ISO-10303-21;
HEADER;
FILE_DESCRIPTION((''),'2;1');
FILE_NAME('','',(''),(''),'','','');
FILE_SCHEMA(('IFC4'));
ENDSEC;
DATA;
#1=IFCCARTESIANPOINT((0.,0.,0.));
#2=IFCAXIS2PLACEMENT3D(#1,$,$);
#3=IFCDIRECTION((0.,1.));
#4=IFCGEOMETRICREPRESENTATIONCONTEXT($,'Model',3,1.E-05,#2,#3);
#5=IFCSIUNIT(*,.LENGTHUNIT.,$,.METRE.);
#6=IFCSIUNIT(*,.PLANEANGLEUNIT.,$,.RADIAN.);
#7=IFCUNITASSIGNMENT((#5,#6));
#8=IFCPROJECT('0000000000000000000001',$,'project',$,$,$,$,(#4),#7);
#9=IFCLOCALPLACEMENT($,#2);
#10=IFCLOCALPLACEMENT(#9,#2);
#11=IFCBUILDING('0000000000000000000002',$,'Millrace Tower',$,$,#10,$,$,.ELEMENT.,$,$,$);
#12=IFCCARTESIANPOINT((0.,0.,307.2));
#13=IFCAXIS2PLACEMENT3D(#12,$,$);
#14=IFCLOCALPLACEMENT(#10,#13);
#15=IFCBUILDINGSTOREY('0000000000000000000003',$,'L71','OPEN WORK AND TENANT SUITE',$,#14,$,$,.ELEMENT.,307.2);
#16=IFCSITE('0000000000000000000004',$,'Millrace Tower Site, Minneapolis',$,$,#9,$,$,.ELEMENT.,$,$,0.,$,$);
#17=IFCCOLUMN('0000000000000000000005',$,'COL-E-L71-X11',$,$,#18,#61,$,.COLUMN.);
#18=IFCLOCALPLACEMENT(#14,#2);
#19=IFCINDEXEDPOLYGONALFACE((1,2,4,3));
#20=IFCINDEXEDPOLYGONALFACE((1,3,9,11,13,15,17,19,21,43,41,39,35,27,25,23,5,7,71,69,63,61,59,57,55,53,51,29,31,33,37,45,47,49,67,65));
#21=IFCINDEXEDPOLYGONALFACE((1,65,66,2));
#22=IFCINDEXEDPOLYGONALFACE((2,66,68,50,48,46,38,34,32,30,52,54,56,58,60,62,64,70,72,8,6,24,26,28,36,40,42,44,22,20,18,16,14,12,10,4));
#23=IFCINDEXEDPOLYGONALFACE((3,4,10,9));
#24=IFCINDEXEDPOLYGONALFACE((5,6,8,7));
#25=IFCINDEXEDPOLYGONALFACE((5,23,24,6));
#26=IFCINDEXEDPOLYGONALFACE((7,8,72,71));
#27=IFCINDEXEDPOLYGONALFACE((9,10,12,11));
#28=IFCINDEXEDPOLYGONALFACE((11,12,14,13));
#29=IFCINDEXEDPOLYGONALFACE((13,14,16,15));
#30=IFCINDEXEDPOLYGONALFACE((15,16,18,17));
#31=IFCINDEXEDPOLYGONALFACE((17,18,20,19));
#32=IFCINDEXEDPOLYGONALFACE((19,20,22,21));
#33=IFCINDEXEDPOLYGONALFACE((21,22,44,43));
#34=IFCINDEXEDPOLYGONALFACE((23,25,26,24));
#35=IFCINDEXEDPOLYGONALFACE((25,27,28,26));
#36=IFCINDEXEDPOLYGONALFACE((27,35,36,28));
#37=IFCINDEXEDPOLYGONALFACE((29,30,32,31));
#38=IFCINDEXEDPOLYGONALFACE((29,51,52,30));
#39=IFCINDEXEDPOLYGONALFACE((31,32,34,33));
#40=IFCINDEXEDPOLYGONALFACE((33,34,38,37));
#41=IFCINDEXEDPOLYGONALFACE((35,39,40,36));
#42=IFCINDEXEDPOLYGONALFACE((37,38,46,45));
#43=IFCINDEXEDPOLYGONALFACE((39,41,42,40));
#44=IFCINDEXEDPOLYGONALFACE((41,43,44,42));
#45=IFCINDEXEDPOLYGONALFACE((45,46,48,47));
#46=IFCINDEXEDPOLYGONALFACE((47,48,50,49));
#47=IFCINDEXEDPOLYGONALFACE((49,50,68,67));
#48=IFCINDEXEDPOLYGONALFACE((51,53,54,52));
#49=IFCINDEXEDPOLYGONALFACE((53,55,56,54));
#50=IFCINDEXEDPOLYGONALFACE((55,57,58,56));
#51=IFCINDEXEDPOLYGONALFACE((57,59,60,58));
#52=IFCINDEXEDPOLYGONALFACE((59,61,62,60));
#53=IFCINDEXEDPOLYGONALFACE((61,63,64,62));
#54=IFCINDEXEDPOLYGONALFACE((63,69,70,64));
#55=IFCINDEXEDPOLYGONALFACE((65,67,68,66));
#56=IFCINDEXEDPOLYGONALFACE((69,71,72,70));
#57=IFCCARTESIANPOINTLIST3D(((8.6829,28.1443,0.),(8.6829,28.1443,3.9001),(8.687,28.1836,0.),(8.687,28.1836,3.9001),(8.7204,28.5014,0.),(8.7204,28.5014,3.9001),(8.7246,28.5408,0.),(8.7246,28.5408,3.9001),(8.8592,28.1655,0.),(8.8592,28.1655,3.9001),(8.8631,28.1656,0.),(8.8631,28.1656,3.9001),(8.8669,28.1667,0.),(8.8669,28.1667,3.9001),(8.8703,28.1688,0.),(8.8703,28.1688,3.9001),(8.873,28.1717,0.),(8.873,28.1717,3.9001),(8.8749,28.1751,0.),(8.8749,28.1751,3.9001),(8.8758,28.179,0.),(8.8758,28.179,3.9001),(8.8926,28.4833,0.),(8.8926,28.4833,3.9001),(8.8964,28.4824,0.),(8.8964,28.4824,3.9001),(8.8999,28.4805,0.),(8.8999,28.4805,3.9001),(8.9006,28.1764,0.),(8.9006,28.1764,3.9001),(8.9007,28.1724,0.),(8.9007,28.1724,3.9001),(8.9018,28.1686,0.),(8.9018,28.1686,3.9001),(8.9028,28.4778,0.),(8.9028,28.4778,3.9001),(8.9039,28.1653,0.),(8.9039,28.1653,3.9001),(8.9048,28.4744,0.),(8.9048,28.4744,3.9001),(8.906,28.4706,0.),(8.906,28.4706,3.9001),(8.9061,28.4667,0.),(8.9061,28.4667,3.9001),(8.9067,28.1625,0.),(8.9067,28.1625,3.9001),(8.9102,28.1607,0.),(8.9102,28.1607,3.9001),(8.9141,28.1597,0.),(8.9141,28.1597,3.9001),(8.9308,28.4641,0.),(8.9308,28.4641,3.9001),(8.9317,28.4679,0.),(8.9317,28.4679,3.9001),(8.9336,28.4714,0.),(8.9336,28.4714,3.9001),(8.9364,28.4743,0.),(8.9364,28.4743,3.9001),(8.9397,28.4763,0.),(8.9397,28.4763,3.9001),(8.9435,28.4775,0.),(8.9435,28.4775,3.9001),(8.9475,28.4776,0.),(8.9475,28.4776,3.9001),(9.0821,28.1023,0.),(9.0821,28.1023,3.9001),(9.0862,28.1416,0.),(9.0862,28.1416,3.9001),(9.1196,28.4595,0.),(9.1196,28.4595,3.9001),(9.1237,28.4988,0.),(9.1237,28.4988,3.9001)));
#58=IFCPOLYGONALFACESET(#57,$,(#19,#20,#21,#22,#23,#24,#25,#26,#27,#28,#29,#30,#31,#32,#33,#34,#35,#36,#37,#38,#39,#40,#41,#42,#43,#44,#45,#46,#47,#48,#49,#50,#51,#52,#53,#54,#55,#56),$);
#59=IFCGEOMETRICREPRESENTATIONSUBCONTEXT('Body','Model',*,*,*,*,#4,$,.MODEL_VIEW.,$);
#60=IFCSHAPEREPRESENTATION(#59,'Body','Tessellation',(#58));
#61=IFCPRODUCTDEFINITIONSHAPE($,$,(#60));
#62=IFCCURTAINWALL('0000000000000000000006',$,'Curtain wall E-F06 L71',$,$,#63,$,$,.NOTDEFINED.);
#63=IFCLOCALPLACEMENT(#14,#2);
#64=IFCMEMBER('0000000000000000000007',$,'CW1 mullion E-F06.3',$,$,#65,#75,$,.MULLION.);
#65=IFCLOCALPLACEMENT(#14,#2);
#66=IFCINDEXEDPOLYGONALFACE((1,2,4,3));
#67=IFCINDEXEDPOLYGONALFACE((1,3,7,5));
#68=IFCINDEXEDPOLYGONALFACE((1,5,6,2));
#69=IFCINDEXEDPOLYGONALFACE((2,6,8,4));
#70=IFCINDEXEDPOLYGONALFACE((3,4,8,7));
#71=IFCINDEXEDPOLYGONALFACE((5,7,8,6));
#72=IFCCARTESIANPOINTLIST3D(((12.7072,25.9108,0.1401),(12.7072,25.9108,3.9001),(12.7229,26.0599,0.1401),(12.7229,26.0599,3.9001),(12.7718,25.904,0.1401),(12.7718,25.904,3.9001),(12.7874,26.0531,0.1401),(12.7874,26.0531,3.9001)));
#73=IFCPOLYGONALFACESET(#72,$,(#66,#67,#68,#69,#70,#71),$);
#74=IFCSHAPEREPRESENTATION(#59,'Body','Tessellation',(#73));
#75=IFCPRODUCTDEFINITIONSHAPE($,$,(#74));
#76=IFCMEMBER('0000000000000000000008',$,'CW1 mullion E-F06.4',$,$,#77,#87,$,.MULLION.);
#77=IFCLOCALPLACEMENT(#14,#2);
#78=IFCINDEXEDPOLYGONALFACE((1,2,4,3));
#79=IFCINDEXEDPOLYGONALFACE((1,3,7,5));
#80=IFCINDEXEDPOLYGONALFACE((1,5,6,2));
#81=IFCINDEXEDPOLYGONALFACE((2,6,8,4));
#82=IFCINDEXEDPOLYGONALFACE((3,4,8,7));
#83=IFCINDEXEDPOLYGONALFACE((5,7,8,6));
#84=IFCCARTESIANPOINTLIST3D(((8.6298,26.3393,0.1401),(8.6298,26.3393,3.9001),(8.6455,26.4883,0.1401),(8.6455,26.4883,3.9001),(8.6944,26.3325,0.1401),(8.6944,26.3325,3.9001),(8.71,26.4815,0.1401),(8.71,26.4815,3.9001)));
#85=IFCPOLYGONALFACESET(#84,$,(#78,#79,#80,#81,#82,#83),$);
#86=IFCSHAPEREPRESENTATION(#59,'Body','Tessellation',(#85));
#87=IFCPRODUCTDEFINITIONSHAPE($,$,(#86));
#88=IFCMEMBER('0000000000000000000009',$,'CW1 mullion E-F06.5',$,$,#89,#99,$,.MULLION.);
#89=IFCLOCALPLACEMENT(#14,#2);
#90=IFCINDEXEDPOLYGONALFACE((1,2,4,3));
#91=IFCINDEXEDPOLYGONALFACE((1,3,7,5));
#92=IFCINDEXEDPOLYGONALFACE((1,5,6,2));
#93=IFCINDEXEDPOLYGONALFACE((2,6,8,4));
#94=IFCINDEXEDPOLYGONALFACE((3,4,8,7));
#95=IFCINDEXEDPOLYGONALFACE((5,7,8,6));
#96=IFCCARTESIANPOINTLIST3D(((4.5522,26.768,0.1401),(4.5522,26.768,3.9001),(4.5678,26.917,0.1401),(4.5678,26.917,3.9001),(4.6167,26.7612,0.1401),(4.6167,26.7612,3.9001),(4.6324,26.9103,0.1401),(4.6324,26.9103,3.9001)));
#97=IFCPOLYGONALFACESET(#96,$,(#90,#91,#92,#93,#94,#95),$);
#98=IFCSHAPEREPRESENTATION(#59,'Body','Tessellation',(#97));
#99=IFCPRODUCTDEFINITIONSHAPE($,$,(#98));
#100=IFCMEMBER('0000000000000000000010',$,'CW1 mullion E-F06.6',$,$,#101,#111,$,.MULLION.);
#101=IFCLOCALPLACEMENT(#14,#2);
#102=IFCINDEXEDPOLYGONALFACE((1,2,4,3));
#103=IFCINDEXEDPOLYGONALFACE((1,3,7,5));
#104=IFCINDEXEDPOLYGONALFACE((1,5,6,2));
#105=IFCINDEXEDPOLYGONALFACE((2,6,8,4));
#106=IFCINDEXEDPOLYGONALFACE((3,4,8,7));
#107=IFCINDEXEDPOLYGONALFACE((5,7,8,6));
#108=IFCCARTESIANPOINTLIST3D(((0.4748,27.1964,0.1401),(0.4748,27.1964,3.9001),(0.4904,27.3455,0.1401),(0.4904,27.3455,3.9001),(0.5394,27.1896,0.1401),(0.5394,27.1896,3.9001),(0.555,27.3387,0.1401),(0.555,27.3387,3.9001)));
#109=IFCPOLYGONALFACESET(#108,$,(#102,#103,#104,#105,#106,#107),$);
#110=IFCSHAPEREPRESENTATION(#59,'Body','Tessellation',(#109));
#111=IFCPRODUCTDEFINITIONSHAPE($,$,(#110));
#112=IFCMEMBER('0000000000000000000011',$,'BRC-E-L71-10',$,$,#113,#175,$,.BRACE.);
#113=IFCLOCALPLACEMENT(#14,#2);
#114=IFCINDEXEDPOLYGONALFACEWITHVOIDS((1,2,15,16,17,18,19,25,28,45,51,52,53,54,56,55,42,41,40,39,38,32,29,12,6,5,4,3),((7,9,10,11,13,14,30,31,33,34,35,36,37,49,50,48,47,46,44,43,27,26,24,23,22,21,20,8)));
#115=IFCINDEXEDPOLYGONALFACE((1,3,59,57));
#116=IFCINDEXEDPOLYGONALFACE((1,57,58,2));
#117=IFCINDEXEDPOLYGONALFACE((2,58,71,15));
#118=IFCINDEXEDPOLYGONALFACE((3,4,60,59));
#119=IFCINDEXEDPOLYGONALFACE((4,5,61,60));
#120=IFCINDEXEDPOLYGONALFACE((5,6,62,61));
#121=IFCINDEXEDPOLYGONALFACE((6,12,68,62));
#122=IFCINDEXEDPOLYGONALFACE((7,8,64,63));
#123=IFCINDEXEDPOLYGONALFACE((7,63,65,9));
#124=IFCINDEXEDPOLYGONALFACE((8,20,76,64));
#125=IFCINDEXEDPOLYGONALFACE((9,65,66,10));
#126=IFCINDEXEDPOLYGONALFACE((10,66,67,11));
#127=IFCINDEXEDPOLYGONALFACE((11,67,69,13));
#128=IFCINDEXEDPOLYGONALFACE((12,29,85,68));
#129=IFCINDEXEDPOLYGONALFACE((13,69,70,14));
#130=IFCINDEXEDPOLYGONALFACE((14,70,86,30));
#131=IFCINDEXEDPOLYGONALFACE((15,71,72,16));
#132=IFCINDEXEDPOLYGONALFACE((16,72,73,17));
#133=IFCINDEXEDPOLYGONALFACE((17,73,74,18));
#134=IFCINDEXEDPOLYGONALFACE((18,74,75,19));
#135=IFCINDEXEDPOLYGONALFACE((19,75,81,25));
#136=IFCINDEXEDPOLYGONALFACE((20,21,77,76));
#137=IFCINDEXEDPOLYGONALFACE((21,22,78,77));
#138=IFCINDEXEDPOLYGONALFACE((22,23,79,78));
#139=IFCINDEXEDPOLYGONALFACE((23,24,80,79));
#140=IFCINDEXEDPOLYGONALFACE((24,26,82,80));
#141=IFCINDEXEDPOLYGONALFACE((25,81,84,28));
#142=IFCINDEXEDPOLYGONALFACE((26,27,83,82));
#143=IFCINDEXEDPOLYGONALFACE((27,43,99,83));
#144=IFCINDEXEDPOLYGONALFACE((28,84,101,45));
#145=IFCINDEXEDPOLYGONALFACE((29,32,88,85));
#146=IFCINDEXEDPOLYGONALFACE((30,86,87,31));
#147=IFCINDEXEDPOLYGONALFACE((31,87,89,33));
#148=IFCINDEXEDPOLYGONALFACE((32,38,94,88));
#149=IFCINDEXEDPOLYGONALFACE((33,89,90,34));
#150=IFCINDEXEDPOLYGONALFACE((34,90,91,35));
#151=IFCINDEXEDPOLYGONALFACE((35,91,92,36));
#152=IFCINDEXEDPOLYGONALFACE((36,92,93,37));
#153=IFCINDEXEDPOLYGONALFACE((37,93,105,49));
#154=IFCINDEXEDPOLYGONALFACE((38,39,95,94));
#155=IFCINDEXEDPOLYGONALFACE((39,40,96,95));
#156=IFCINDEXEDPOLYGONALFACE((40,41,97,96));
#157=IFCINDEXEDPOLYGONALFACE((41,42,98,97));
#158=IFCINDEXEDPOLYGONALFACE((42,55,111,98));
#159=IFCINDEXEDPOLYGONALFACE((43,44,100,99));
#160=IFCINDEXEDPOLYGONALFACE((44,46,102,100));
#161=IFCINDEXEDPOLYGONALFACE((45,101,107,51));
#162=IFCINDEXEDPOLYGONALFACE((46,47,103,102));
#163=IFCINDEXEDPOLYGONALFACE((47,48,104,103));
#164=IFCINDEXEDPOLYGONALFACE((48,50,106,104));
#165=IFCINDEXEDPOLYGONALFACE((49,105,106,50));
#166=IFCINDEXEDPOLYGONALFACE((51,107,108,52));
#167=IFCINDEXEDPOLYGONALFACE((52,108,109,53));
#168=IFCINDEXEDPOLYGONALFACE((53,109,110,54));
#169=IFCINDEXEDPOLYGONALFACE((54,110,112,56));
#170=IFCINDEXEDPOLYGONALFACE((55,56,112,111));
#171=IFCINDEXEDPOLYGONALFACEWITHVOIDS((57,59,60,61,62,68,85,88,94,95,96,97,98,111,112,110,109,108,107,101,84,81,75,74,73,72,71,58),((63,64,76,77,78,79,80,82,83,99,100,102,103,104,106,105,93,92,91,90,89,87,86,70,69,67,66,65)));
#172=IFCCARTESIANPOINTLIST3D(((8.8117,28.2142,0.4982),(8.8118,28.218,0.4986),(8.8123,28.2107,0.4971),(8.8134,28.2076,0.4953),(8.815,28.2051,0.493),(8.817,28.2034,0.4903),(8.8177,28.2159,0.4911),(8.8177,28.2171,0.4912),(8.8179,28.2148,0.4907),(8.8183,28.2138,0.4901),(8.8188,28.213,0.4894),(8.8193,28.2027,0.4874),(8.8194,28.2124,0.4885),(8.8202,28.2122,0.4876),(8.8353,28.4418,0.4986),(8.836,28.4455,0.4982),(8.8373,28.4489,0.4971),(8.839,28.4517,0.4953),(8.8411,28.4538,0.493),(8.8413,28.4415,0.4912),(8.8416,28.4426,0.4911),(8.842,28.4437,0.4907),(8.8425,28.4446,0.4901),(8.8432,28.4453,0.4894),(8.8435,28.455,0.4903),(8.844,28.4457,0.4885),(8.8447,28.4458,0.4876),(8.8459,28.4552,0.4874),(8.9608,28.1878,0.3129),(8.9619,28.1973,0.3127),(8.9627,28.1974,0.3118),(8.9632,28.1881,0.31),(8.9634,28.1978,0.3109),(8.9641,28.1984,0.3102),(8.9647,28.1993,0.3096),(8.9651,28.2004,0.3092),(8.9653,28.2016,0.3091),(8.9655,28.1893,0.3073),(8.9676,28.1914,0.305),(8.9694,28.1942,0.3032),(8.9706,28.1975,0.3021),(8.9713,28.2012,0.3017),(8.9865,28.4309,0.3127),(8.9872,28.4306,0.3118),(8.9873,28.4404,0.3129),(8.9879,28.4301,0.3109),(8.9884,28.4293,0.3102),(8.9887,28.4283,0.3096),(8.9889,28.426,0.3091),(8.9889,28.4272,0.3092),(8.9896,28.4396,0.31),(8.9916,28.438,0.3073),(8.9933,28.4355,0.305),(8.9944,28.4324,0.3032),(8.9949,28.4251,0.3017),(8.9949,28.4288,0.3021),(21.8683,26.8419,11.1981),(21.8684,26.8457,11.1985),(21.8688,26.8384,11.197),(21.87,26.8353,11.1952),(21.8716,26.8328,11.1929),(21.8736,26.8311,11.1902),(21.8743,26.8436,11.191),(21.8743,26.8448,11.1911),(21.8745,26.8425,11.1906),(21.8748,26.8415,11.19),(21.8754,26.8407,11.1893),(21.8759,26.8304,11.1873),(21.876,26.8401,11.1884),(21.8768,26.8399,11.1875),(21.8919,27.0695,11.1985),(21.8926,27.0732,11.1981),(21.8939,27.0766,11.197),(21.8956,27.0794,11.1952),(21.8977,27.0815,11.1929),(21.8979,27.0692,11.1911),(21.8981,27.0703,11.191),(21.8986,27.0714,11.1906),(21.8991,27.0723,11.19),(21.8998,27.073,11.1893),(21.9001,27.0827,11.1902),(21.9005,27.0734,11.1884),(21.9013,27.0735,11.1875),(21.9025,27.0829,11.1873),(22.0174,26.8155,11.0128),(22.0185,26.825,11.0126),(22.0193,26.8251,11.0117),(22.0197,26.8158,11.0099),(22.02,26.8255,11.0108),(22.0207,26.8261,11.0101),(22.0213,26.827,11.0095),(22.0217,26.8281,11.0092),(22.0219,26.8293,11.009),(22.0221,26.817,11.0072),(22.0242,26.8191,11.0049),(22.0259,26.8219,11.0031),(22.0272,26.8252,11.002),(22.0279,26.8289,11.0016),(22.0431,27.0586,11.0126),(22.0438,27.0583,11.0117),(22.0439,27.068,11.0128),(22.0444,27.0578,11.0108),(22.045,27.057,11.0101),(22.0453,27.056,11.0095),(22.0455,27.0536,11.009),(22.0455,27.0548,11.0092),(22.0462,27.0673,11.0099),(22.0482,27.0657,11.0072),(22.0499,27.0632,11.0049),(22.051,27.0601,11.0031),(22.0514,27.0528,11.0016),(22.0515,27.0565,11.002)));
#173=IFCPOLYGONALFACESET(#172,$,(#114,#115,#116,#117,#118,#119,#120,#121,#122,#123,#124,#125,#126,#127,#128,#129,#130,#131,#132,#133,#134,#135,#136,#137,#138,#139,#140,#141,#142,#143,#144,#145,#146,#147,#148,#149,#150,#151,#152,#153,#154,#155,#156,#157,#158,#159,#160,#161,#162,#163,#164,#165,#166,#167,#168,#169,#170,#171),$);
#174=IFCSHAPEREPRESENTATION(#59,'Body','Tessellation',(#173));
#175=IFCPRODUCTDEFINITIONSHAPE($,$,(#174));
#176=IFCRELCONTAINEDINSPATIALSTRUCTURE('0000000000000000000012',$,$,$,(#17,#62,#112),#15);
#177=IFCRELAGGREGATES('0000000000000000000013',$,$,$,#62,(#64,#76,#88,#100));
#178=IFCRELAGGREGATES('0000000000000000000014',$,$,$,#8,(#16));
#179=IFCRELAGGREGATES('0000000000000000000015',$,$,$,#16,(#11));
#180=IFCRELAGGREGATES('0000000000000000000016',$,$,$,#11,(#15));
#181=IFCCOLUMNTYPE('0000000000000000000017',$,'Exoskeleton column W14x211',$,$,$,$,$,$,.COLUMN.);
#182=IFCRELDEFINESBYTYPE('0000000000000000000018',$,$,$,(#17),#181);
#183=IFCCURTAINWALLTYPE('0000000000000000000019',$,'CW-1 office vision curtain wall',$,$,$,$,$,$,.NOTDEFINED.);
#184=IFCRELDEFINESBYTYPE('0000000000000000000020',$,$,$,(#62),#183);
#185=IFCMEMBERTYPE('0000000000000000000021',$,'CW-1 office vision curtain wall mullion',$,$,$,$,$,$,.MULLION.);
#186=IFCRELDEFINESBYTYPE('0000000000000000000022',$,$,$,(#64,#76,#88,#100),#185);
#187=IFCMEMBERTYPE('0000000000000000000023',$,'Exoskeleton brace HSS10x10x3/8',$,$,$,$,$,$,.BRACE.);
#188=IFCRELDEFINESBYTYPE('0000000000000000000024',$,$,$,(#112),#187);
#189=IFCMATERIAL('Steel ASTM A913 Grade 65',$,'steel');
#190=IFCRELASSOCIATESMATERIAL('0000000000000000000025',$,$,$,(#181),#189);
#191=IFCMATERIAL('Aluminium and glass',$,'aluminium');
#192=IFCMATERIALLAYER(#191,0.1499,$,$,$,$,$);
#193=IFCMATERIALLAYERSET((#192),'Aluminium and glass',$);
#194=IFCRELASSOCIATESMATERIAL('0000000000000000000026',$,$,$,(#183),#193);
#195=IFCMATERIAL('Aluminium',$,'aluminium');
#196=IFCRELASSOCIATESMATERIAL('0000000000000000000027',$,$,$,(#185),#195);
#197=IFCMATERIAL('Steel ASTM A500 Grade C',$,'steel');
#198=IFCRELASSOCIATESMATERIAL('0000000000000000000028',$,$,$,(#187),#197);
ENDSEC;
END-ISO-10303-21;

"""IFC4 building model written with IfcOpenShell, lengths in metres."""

from ifc_helpers import new_model, si_unit, direction, frame, origin, origin_2d, place, context, subcontext, project, spatial, rectangle, hollow_rectangle, i_section, extrude, material, layer, layer_set, material_profile, profile_set, type_object, element, aggregate, save


model = new_model("IFC4")

# Units and contexts
model_context = context("Model", 3, precision=1e-05, world=origin(), true_north=direction((0.0, 1.0)))
body_context = subcontext(model_context, "Body", "Model", "MODEL_VIEW")
ifc_project = project(units=[si_unit("LENGTHUNIT", "METRE"), si_unit("PLANEANGLEUNIT", "RADIAN")], contexts=[model_context])

# Site, building, storey
site_placement = place(None, origin())
site = spatial("IfcSite", under=ifc_project, at=site_placement, Name="Millrace Tower Site, Minneapolis", CompositionType="ELEMENT", RefElevation=0.0)
building_placement = place(site_placement, origin())
building = spatial("IfcBuilding", under=site, at=building_placement, Name="Millrace Tower", CompositionType="ELEMENT")
storey_placement = place(building_placement, frame((0.0, 0.0, 307.2)))
storey = spatial("IfcBuildingStorey", under=building, at=storey_placement, Name="L71", Description="OPEN WORK AND TENANT SUITE", CompositionType="ELEMENT", Elevation=307.2)

# Column
ifc_material_1 = material(Name="Steel ASTM A913 Grade 65", Category="steel")
ifc_material_profile_1 = material_profile(ifc_material_1, i_section(OverallWidth=0.4014, OverallDepth=0.3987, WebThickness=0.0249, FlangeThickness=0.0396, FilletRadius=0.0151, at=origin_2d()))
ifc_profile_set_1 = profile_set([ifc_material_profile_1], Name="Steel ASTM A913 Grade 65")
column_type = type_object("IfcColumnType", Name="Exoskeleton column W14x211", PredefinedType="COLUMN", material=ifc_profile_set_1)
column_placement = place(storey_placement, frame((8.9033, 28.3215, 0.0), z_axis=(0.0, 0.0, 1.0), x_axis=(-0.994522, 0.104528, 0.0)))
element("IfcColumn", 1, at=column_placement, inside=storey, type_object=column_type, Name="COL-E-L71-X11", PredefinedType="COLUMN", context=body_context, shape_type="SweptSolid", body=[
    extrude(i_section(OverallWidth=0.4014, OverallDepth=0.3987, WebThickness=0.0249, FlangeThickness=0.0396, FilletRadius=0.0151, at=origin_2d()), origin(), (0.0, 0.0, 1.0), 3.9001),
])

# Curtain wall, members
ifc_material_2 = material(Name="Aluminium and glass", Category="aluminium")
ifc_layer_1 = layer(ifc_material_2, 0.1499)
ifc_layer_set_1 = layer_set([ifc_layer_1], Name="Aluminium and glass")
curtain_wall_type = type_object("IfcCurtainWallType", Name="CW-1 office vision curtain wall", PredefinedType="NOTDEFINED", material=ifc_layer_set_1)
curtain_wall_placement = place(storey_placement, origin())
curtain_wall = element("IfcCurtainWall", 2, at=curtain_wall_placement, inside=storey, type_object=curtain_wall_type, Name="Curtain wall E-F06 L71", PredefinedType="NOTDEFINED")
ifc_material_3 = material(Name="Aluminium", Category="aluminium")
ifc_material_profile_2 = material_profile(ifc_material_3, rectangle(XDim=0.0649, YDim=0.1499, at=origin_2d()))
ifc_profile_set_2 = profile_set([ifc_material_profile_2], Name="Aluminium")
member_type_1 = type_object("IfcMemberType", Name="CW-1 office vision curtain wall mullion", PredefinedType="MULLION", material=ifc_profile_set_2)
member_1_placement = place(storey_placement, frame((12.7473, 25.9819, 0.1401), z_axis=(0.0, 0.0, 1.0), x_axis=(-0.994522, 0.104528, 0.0)))
member_1 = element("IfcMember", 3, at=member_1_placement, type_object=member_type_1, Name="CW1 mullion E-F06.3", PredefinedType="MULLION", context=body_context, shape_type="SweptSolid", body=[
    extrude(rectangle(XDim=0.0649, YDim=0.1499, at=origin_2d()), origin(), (0.0, 0.0, 1.0), 3.76),
])
member_2_placement = place(storey_placement, frame((8.6699, 26.4104, 0.1401), z_axis=(0.0, 0.0, 1.0), x_axis=(-0.994522, 0.104528, 0.0)))
member_2 = element("IfcMember", 4, at=member_2_placement, type_object=member_type_1, Name="CW1 mullion E-F06.4", PredefinedType="MULLION", context=body_context, shape_type="SweptSolid", body=[
    extrude(rectangle(XDim=0.0649, YDim=0.1499, at=origin_2d()), origin(), (0.0, 0.0, 1.0), 3.76),
])
member_3_placement = place(storey_placement, frame((4.5923, 26.8391, 0.1401), z_axis=(0.0, 0.0, 1.0), x_axis=(-0.994522, 0.104528, 0.0)))
member_3 = element("IfcMember", 5, at=member_3_placement, type_object=member_type_1, Name="CW1 mullion E-F06.5", PredefinedType="MULLION", context=body_context, shape_type="SweptSolid", body=[
    extrude(rectangle(XDim=0.0649, YDim=0.1499, at=origin_2d()), origin(), (0.0, 0.0, 1.0), 3.76),
])
member_4_placement = place(storey_placement, frame((0.5149, 27.2676, 0.1401), z_axis=(0.0, 0.0, 1.0), x_axis=(-0.994522, 0.104528, 0.0)))
member_4 = element("IfcMember", 6, at=member_4_placement, type_object=member_type_1, Name="CW1 mullion E-F06.6", PredefinedType="MULLION", context=body_context, shape_type="SweptSolid", body=[
    extrude(rectangle(XDim=0.0649, YDim=0.1499, at=origin_2d()), origin(), (0.0, 0.0, 1.0), 3.76),
])
aggregate(curtain_wall, [member_1, member_2, member_3, member_4])

# Member
ifc_material_4 = material(Name="Steel ASTM A500 Grade C", Category="steel")
ifc_material_profile_3 = material_profile(ifc_material_4, hollow_rectangle(XDim=0.2539, YDim=0.2539, WallThickness=0.0095, InnerFilletRadius=0.0046, OuterFilletRadius=0.0144, at=origin_2d()))
ifc_profile_set_3 = profile_set([ifc_material_profile_3], Name="Steel ASTM A500 Grade C")
member_type_2 = type_object("IfcMemberType", Name="Exoskeleton brace HSS10x10x3/8", PredefinedType="BRACE", material=ifc_profile_set_3)
member_5_placement = place(storey_placement, frame((8.9033, 28.3215, 0.4001), z_axis=(0.770913, -0.081027, 0.631765), x_axis=(0.104529, 0.994522, 0.0)))
element("IfcMember", 7, at=member_5_placement, inside=storey, type_object=member_type_2, Name="BRC-E-L71-10", PredefinedType="BRACE", context=body_context, shape_type="SweptSolid", body=[
    extrude(hollow_rectangle(XDim=0.2539, YDim=0.2539, WallThickness=0.0095, InnerFilletRadius=0.0046, OuterFilletRadius=0.0144, at=origin_2d()), origin(), (0.0, 0.0, 1.0), 16.9365),
])

save(model, "model.ifc")
